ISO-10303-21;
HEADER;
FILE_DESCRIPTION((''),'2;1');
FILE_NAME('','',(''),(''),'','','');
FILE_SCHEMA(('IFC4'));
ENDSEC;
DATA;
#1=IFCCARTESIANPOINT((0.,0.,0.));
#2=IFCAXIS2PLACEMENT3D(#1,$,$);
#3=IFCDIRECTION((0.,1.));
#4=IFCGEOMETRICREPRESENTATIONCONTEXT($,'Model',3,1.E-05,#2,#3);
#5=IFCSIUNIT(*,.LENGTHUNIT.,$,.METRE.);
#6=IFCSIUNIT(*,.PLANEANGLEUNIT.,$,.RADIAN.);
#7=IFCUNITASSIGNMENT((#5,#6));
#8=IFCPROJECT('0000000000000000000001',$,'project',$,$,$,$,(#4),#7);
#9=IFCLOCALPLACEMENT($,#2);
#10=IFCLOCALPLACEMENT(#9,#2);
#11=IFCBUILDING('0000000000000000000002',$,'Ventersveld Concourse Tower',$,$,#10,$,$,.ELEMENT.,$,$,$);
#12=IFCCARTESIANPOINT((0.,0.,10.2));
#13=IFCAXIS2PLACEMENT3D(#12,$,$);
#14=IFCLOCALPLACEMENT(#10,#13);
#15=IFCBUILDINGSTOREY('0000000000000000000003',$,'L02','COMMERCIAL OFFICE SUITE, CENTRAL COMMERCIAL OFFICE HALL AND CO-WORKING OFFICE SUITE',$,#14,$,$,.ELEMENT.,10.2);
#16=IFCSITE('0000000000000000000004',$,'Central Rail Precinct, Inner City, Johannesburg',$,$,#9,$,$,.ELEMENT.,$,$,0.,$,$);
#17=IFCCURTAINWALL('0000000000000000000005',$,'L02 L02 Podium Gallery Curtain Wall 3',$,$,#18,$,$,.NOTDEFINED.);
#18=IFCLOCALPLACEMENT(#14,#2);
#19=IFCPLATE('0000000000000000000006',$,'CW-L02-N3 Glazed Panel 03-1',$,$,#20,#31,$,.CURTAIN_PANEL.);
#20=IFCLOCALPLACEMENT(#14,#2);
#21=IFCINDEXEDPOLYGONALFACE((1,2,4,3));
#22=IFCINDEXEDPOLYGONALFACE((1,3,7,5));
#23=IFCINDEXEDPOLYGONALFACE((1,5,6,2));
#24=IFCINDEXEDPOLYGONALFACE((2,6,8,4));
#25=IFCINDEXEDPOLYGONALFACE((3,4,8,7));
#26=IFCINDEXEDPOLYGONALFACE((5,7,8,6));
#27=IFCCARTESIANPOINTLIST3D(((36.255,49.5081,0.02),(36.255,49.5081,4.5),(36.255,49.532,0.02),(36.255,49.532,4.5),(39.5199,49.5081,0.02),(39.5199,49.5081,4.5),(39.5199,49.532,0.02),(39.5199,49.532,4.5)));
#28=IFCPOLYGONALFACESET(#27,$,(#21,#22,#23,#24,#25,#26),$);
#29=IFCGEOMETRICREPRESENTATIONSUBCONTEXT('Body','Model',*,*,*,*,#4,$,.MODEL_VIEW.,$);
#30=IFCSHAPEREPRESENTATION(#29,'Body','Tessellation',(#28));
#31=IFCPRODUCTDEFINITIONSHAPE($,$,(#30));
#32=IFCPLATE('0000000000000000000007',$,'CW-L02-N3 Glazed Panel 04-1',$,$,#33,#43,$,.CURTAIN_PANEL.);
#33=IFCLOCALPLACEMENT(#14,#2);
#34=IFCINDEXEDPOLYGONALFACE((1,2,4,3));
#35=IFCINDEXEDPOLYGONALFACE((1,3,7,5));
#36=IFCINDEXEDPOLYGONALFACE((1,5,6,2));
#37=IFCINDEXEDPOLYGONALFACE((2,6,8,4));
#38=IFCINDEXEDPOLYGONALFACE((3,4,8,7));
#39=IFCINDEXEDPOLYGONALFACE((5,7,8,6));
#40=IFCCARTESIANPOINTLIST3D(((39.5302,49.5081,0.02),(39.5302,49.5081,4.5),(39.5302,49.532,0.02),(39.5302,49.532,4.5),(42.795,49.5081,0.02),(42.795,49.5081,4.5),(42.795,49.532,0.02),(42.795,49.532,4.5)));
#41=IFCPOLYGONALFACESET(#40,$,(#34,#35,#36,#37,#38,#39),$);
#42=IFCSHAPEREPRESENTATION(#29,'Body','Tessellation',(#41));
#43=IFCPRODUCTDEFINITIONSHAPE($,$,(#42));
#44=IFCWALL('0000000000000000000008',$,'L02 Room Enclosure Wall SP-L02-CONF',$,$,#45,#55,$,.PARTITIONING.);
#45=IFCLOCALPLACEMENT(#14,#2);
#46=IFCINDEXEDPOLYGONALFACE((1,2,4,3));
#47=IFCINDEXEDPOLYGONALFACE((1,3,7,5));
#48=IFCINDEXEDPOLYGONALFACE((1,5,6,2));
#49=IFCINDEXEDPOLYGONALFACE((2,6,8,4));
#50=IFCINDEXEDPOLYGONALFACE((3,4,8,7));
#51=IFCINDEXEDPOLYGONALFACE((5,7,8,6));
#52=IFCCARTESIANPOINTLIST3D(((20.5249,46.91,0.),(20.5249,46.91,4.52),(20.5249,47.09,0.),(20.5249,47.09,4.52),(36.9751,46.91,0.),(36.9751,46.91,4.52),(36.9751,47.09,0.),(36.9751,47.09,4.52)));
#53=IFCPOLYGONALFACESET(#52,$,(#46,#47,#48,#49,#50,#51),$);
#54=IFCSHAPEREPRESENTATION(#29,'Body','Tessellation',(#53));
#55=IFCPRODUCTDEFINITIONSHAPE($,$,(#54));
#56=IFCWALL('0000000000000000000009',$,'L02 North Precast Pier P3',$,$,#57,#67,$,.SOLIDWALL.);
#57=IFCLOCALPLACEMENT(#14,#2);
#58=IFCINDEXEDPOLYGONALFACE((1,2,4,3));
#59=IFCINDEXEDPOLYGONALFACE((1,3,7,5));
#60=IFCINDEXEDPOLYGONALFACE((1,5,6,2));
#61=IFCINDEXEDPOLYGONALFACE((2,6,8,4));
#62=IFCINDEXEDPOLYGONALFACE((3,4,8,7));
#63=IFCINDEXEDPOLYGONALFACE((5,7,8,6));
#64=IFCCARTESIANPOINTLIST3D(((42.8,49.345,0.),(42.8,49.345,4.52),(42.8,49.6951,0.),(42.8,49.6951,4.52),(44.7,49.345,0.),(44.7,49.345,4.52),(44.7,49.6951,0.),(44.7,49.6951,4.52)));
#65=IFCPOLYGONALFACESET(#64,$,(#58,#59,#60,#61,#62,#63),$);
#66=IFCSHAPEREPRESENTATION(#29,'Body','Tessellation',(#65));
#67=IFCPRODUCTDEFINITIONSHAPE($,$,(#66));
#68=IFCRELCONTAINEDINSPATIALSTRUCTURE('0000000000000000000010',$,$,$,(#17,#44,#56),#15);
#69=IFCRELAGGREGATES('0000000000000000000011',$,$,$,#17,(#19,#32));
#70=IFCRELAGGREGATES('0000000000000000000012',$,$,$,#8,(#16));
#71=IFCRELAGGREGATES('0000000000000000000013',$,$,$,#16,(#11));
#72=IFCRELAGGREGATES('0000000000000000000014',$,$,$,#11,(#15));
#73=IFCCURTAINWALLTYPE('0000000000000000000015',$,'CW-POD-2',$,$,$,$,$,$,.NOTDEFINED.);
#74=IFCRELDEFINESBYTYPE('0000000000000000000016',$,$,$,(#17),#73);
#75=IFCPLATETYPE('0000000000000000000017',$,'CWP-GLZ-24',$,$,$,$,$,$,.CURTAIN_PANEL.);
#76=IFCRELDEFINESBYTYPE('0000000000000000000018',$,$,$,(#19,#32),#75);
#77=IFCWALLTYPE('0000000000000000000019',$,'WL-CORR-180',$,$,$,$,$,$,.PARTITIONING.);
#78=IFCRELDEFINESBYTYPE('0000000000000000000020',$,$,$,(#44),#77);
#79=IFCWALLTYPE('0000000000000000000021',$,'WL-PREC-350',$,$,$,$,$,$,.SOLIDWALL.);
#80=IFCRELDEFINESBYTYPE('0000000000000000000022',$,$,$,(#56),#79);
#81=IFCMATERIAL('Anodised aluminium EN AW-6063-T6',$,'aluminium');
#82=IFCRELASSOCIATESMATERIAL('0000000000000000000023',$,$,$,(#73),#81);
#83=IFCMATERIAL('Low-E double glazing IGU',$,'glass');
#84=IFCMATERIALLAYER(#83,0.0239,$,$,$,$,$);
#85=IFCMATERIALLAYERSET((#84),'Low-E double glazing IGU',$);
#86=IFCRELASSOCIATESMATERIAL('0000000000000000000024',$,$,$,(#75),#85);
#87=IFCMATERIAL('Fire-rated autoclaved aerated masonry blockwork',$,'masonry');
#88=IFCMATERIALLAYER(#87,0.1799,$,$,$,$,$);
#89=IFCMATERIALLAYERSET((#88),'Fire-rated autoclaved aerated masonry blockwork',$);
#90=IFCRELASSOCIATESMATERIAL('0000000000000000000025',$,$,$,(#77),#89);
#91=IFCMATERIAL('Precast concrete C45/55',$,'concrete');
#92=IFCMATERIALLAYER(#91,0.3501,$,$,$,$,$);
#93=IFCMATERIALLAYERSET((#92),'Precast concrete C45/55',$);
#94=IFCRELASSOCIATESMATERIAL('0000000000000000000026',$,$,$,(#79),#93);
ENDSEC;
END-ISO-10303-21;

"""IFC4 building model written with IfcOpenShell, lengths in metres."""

from ifc_helpers import new_model, si_unit, direction, frame, frame_2d, origin, origin_2d, place, context, subcontext, project, spatial, rectangle, extrude, material, layer, layer_set, type_object, element, aggregate, save


model = new_model("IFC4")

# Units and contexts
model_context = context("Model", 3, precision=1e-05, world=origin(), true_north=direction((0.0, 1.0)))
body_context = subcontext(model_context, "Body", "Model", "MODEL_VIEW")
ifc_project = project(units=[si_unit("LENGTHUNIT", "METRE"), si_unit("PLANEANGLEUNIT", "RADIAN")], contexts=[model_context])

# Site, building, storey
site_placement = place(None, origin())
site = spatial("IfcSite", under=ifc_project, at=site_placement, Name="Central Rail Precinct, Inner City, Johannesburg", CompositionType="ELEMENT", RefElevation=0.0)
building_placement = place(site_placement, origin())
building = spatial("IfcBuilding", under=site, at=building_placement, Name="Ventersveld Concourse Tower", CompositionType="ELEMENT")
storey_placement = place(building_placement, frame((0.0, 0.0, 10.2)))
storey = spatial("IfcBuildingStorey", under=building, at=storey_placement, Name="L02", Description="COMMERCIAL OFFICE SUITE, CENTRAL COMMERCIAL OFFICE HALL AND CO-WORKING OFFICE SUITE", CompositionType="ELEMENT", Elevation=10.2)

# Curtain wall
ifc_material_1 = material(Name="Anodised aluminium EN AW-6063-T6", Category="aluminium")
curtain_wall_type = type_object("IfcCurtainWallType", Name="CW-POD-2", PredefinedType="NOTDEFINED", material=ifc_material_1)
curtain_wall_placement = place(storey_placement, origin())
curtain_wall = element("IfcCurtainWall", 1, at=curtain_wall_placement, inside=storey, type_object=curtain_wall_type, Name="L02 L02 Podium Gallery Curtain Wall 3", PredefinedType="NOTDEFINED")

# Plates
ifc_material_2 = material(Name="Low-E double glazing IGU", Category="glass")
ifc_layer_1 = layer(ifc_material_2, 0.0239)
ifc_layer_set_1 = layer_set([ifc_layer_1], Name="Low-E double glazing IGU")
plate_type = type_object("IfcPlateType", Name="CWP-GLZ-24", PredefinedType="CURTAIN_PANEL", material=ifc_layer_set_1)
plate_1_placement = place(storey_placement, frame((37.8875, 49.52, 0.02), z_axis=(0.0, 0.0, 1.0), x_axis=(1.0, 0.0, 0.0)))
plate_1 = element("IfcPlate", 2, at=plate_1_placement, type_object=plate_type, Name="CW-L02-N3 Glazed Panel 03-1", PredefinedType="CURTAIN_PANEL", context=body_context, shape_type="SweptSolid", body=[
    extrude(rectangle(XDim=3.2649, YDim=0.0239, at=origin_2d()), origin(), (0.0, 0.0, 1.0), 4.48),
])
plate_2_placement = place(storey_placement, frame((41.1626, 49.52, 0.02), z_axis=(0.0, 0.0, 1.0), x_axis=(1.0, 0.0, 0.0)))
plate_2 = element("IfcPlate", 3, at=plate_2_placement, type_object=plate_type, Name="CW-L02-N3 Glazed Panel 04-1", PredefinedType="CURTAIN_PANEL", context=body_context, shape_type="SweptSolid", body=[
    extrude(rectangle(XDim=3.2649, YDim=0.0239, at=origin_2d()), origin(), (0.0, 0.0, 1.0), 4.48),
])
aggregate(curtain_wall, [plate_1, plate_2])

# Walls
ifc_material_3 = material(Name="Fire-rated autoclaved aerated masonry blockwork", Category="masonry")
ifc_layer_2 = layer(ifc_material_3, 0.1799)
ifc_layer_set_2 = layer_set([ifc_layer_2], Name="Fire-rated autoclaved aerated masonry blockwork")
wall_type_1 = type_object("IfcWallType", Name="WL-CORR-180", PredefinedType="PARTITIONING", material=ifc_layer_set_2)
wall_1_placement = place(storey_placement, frame((36.9751, 47.0, 0.0), z_axis=(0.0, 0.0, 1.0), x_axis=(-1.0, 0.0, 0.0)))
element("IfcWall", 4, at=wall_1_placement, inside=storey, type_object=wall_type_1, Name="L02 Room Enclosure Wall SP-L02-CONF", PredefinedType="PARTITIONING", context=body_context, shape_type="SweptSolid", body=[
    extrude(rectangle(XDim=16.4502, YDim=0.1799, at=frame_2d((8.2251, 0.0))), origin(), (0.0, 0.0, 1.0), 4.52),
])
ifc_material_4 = material(Name="Precast concrete C45/55", Category="concrete")
ifc_layer_3 = layer(ifc_material_4, 0.3501)
ifc_layer_set_3 = layer_set([ifc_layer_3], Name="Precast concrete C45/55")
wall_type_2 = type_object("IfcWallType", Name="WL-PREC-350", PredefinedType="SOLIDWALL", material=ifc_layer_set_3)
wall_2_placement = place(storey_placement, frame((42.8, 49.52, 0.0), z_axis=(0.0, 0.0, 1.0), x_axis=(1.0, 0.0, 0.0)))
element("IfcWall", 5, at=wall_2_placement, inside=storey, type_object=wall_type_2, Name="L02 North Precast Pier P3", PredefinedType="SOLIDWALL", context=body_context, shape_type="SweptSolid", body=[
    extrude(rectangle(XDim=1.8999, YDim=0.3501, at=frame_2d((0.95, 0.0))), origin(), (0.0, 0.0, 1.0), 4.52),
])

save(model, "model.ifc")
